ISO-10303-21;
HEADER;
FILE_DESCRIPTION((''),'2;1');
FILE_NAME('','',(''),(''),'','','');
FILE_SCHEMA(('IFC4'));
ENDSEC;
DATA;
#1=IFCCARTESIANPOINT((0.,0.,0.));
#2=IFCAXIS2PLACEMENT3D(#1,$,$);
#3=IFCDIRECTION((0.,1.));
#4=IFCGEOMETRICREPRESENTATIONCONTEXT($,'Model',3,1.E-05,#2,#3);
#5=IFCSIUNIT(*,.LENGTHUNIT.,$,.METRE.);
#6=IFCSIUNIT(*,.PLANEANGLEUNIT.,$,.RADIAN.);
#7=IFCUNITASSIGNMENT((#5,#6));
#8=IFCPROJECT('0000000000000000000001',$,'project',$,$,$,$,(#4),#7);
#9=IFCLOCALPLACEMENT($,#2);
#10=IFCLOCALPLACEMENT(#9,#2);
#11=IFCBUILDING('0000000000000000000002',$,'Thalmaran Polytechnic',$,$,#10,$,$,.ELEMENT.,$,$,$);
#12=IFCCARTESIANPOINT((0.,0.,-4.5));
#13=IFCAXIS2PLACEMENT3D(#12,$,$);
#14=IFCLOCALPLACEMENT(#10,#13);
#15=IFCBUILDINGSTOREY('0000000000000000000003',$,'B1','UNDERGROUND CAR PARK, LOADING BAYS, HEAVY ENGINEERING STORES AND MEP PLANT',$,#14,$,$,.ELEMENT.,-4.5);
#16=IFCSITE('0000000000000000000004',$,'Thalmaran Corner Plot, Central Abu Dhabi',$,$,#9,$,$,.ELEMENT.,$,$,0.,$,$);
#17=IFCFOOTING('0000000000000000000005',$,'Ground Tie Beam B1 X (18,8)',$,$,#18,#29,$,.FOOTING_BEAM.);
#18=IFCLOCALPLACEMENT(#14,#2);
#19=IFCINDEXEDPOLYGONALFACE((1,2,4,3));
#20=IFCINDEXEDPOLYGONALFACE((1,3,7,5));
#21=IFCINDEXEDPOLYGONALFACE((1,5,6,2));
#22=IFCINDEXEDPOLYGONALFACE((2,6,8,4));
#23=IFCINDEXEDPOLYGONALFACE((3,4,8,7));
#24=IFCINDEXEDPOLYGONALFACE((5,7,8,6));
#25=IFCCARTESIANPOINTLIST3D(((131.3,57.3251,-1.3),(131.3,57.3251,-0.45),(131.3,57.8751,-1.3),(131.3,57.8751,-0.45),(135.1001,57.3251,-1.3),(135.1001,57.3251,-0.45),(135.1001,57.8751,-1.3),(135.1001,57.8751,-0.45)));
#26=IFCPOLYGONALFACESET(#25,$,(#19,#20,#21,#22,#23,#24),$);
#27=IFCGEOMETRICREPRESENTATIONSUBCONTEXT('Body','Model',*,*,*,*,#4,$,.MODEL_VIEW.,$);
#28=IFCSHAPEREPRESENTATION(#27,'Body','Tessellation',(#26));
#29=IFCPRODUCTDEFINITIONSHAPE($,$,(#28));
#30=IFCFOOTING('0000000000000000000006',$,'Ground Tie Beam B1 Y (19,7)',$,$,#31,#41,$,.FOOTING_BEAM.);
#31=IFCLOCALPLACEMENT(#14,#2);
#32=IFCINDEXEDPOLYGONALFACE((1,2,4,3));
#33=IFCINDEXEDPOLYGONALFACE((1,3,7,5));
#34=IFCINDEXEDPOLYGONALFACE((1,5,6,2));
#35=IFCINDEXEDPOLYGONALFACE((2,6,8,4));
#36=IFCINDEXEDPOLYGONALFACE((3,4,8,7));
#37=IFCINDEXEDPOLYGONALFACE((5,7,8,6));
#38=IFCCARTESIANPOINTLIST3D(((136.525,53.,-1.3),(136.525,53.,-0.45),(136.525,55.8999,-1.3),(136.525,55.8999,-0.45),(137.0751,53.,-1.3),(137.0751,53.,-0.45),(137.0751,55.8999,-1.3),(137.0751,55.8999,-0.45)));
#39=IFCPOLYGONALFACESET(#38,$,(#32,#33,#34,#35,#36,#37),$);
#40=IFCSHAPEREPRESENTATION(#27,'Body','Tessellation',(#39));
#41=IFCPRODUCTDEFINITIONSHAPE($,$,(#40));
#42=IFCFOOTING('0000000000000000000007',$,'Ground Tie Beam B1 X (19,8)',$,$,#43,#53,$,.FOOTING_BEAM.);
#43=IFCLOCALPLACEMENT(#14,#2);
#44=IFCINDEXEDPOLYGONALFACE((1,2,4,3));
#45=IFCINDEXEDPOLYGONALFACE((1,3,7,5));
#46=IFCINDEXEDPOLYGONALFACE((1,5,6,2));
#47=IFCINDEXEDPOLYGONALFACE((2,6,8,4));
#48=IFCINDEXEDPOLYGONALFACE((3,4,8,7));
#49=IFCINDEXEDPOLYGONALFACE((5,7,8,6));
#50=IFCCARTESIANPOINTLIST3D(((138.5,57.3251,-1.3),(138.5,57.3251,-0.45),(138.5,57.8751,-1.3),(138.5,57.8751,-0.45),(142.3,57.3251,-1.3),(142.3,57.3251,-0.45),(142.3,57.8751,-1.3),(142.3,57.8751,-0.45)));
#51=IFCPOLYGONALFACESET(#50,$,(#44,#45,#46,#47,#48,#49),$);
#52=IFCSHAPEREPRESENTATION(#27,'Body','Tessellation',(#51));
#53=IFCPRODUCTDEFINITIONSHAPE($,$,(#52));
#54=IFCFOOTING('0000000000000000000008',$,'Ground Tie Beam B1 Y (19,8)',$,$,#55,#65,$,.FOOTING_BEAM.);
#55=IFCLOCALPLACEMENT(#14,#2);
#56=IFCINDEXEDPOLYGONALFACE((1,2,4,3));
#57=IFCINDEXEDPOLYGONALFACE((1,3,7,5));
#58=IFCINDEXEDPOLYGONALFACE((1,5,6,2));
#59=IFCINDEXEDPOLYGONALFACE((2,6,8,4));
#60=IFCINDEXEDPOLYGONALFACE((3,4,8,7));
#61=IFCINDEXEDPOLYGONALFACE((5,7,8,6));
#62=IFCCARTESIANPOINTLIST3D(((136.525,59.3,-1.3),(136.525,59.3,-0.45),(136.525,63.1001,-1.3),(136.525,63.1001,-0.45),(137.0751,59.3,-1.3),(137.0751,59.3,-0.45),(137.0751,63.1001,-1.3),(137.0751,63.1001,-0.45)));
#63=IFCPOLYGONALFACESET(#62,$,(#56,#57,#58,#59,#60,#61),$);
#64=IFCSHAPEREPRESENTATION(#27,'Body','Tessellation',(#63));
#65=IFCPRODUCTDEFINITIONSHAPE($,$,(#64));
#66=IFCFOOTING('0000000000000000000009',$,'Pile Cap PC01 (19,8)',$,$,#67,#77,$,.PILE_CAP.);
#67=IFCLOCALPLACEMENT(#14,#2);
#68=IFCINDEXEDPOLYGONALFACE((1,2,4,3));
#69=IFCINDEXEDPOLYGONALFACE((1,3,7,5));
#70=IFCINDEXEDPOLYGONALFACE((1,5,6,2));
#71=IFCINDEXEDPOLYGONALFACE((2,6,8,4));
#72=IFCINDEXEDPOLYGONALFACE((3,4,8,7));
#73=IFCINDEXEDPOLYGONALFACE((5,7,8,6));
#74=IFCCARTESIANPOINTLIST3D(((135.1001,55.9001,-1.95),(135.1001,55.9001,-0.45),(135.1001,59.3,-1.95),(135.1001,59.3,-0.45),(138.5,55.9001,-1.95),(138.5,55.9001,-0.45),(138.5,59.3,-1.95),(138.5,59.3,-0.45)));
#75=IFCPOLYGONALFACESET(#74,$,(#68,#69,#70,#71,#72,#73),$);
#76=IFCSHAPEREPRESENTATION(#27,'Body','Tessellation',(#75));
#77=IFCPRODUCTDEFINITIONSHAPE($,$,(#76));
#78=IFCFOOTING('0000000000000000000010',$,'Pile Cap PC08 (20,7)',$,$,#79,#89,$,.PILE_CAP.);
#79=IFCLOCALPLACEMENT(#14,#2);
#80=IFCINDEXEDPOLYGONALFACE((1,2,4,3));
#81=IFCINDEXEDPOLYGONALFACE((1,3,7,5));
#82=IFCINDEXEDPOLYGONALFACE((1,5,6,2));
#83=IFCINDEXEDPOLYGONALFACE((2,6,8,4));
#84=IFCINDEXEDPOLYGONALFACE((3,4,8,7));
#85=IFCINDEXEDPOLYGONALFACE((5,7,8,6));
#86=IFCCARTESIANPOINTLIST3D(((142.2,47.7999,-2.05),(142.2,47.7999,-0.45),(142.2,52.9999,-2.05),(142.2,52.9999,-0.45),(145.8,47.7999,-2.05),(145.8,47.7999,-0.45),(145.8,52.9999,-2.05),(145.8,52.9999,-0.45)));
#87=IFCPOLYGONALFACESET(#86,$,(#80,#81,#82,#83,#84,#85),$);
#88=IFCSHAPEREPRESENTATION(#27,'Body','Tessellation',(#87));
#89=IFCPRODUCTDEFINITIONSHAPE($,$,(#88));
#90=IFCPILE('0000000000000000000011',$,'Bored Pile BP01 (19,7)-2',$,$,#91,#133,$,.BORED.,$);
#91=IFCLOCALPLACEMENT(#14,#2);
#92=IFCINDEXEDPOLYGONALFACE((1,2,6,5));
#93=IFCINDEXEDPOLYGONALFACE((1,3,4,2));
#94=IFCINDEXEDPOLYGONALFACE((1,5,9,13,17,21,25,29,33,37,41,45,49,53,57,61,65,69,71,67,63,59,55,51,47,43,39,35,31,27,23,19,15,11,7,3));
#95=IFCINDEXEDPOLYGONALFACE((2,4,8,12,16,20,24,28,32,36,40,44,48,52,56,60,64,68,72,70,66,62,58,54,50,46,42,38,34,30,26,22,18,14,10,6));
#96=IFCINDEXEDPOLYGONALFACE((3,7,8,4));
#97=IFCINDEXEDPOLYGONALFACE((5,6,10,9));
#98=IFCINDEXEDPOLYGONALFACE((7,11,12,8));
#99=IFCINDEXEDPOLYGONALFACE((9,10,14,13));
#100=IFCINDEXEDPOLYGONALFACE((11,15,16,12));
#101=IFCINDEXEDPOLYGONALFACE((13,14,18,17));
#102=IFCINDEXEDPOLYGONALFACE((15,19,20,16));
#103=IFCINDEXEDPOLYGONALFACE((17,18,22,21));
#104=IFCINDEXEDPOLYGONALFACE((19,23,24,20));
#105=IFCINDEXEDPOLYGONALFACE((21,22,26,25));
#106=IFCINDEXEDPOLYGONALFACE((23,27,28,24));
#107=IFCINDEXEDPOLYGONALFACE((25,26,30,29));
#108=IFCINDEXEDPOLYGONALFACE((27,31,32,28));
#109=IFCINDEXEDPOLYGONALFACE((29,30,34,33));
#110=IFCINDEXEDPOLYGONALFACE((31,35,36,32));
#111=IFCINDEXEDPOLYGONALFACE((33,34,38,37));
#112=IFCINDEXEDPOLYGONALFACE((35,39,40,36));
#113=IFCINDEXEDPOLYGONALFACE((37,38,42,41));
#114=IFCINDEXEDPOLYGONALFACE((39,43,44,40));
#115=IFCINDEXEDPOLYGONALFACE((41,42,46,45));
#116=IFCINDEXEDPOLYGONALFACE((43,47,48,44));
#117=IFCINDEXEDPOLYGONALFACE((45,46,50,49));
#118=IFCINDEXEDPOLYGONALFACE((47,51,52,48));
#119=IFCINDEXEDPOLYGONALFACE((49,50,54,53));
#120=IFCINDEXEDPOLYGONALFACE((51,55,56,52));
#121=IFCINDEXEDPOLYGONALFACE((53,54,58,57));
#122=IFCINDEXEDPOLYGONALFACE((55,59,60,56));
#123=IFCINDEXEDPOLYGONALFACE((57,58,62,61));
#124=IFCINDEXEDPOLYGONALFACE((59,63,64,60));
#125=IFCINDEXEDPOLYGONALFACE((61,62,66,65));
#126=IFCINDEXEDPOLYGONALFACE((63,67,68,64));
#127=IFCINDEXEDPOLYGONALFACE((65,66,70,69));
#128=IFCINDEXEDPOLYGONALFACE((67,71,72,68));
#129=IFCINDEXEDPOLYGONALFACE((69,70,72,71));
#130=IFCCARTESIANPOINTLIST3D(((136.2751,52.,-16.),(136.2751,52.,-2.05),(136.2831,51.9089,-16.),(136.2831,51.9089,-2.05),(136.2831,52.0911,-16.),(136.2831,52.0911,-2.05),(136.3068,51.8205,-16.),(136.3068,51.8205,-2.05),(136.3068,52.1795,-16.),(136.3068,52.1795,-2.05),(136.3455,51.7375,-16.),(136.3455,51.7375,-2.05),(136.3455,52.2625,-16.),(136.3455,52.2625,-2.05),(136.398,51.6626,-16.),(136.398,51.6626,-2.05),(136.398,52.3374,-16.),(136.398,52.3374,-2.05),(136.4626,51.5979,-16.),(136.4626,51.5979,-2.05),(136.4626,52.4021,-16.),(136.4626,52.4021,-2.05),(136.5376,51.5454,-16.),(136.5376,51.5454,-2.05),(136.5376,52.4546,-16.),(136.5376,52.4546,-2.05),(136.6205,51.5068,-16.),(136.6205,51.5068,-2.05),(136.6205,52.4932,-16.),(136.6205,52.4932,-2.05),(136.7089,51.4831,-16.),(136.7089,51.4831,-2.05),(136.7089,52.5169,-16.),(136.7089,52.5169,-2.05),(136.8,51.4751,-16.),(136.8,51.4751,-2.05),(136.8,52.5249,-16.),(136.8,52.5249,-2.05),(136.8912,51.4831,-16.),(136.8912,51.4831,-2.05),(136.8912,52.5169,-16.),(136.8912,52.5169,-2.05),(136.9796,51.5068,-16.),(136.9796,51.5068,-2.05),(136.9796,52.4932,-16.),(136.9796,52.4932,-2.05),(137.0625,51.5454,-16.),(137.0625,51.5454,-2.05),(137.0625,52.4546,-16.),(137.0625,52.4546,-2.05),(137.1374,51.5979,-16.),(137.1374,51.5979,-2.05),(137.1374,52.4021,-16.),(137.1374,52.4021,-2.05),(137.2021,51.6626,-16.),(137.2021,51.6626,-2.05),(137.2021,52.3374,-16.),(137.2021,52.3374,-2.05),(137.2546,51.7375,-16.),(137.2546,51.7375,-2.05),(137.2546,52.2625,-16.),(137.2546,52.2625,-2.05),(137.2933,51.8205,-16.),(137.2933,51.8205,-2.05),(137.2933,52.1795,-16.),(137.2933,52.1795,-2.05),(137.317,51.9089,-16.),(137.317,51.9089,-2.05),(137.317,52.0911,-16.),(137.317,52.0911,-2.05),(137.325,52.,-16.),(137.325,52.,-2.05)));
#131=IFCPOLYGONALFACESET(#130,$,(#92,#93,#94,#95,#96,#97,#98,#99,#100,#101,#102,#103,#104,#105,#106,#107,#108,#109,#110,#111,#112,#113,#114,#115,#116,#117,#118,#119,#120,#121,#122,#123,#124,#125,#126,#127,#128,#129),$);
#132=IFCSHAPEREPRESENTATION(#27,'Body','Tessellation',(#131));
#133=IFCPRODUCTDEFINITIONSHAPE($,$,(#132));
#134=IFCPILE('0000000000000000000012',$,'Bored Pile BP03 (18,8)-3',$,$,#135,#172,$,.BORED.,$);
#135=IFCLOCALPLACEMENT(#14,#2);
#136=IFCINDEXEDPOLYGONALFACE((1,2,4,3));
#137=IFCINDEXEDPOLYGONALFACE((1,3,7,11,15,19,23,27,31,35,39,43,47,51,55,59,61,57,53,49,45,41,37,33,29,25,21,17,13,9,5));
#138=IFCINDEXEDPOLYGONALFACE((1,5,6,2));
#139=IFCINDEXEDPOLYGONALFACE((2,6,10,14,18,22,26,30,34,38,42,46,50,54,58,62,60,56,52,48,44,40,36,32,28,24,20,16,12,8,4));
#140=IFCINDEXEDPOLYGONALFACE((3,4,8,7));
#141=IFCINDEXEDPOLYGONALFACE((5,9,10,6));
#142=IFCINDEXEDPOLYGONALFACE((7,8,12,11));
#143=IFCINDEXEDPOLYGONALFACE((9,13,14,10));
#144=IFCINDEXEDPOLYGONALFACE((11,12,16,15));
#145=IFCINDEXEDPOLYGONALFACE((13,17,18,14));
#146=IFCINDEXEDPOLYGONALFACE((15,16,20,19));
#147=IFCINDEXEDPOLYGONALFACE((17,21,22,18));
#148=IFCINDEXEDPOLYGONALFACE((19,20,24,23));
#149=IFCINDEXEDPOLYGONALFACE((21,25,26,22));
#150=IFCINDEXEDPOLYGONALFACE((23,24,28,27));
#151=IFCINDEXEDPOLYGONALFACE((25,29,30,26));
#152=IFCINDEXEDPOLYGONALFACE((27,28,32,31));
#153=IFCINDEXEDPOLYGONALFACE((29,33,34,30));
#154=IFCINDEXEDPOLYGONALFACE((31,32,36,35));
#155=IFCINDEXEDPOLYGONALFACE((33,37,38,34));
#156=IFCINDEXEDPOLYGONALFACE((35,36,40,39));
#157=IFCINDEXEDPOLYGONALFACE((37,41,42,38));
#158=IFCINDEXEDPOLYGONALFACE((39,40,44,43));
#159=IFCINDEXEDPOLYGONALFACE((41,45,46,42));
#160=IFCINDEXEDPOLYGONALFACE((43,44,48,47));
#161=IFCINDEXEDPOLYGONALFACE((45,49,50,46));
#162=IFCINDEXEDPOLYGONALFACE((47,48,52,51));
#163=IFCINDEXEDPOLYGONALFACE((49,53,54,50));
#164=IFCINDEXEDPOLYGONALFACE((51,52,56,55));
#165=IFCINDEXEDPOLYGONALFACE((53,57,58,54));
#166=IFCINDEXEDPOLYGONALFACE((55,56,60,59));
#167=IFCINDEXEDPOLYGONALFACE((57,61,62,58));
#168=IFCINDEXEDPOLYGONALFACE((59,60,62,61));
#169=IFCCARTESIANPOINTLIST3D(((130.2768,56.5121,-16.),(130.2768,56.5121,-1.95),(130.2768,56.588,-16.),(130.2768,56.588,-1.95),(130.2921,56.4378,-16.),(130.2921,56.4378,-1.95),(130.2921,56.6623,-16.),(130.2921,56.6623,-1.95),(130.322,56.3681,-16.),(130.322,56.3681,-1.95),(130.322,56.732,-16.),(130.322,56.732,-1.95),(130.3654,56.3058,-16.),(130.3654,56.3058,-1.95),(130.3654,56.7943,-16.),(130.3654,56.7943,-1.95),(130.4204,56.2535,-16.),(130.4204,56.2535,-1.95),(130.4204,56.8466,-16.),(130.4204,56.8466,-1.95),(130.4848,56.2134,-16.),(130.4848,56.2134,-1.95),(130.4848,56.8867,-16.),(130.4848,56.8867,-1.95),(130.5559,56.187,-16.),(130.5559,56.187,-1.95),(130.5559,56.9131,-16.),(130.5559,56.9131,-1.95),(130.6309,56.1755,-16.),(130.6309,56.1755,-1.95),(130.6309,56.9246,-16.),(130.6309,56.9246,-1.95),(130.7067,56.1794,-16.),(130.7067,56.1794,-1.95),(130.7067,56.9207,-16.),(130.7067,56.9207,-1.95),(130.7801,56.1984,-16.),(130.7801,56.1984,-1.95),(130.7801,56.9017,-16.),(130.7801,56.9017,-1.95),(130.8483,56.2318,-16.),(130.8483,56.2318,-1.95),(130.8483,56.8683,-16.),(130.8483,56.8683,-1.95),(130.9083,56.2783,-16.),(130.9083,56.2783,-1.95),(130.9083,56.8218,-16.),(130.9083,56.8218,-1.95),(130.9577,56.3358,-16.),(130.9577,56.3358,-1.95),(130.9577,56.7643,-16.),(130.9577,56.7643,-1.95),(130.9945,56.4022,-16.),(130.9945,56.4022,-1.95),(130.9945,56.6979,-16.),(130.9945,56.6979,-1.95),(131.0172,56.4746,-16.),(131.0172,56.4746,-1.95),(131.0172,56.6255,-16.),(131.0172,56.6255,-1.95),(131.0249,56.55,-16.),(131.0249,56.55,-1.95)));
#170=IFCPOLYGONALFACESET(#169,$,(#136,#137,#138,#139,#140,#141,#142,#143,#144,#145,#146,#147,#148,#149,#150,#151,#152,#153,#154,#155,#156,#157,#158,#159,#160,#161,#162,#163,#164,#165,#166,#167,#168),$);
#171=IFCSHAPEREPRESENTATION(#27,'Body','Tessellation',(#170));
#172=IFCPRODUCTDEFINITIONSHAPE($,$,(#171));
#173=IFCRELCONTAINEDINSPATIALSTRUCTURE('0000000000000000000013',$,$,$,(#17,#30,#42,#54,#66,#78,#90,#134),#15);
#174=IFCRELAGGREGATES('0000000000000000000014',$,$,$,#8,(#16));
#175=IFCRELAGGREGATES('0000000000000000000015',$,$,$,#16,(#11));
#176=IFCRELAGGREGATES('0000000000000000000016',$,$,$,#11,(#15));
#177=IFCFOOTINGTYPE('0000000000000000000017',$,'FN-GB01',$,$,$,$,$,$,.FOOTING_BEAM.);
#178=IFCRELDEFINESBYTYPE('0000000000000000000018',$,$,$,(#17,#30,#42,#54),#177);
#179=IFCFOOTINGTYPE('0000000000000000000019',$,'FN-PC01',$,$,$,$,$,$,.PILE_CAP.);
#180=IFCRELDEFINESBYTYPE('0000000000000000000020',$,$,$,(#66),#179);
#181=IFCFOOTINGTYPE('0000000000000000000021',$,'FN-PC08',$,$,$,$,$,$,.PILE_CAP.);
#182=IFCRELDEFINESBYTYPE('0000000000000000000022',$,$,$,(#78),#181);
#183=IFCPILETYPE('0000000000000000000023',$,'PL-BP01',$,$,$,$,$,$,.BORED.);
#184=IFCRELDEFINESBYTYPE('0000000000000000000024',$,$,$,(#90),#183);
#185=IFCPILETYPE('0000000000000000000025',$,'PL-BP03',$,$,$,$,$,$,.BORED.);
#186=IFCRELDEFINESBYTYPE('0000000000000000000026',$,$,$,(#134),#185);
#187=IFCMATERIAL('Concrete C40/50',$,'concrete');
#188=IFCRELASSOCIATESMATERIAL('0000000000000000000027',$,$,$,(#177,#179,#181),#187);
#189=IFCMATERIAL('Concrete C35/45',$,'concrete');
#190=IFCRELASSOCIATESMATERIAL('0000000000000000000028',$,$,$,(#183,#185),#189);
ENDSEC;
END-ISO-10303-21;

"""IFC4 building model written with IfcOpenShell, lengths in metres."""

from ifc_helpers import new_model, si_unit, direction, frame, origin, origin_2d, place, context, subcontext, project, spatial, rectangle, circle, extrude, material, material_profile, profile_set, type_object, element, save


model = new_model("IFC4")

# Units and contexts
model_context = context("Model", 3, precision=1e-05, world=origin(), true_north=direction((0.0, 1.0)))
body_context = subcontext(model_context, "Body", "Model", "MODEL_VIEW")
ifc_project = project(units=[si_unit("LENGTHUNIT", "METRE"), si_unit("PLANEANGLEUNIT", "RADIAN")], contexts=[model_context])

# Site, building, storey
site_placement = place(None, origin())
site = spatial("IfcSite", under=ifc_project, at=site_placement, Name="Thalmaran Corner Plot, Central Abu Dhabi", CompositionType="ELEMENT", RefElevation=0.0)
building_placement = place(site_placement, origin())
building = spatial("IfcBuilding", under=site, at=building_placement, Name="Thalmaran Polytechnic", CompositionType="ELEMENT")
storey_placement = place(building_placement, frame((0.0, 0.0, -4.5)))
storey = spatial("IfcBuildingStorey", under=building, at=storey_placement, Name="B1", Description="UNDERGROUND CAR PARK, LOADING BAYS, HEAVY ENGINEERING STORES AND MEP PLANT", CompositionType="ELEMENT", Elevation=-4.5)

# Footings
ifc_material_1 = material(Name="Concrete C40/50", Category="concrete")
ifc_material_profile_1 = material_profile(ifc_material_1, rectangle(XDim=0.55, YDim=0.8501, at=origin_2d()), Name="RC 550x850")
ifc_profile_set_1 = profile_set([ifc_material_profile_1], Name="Concrete C40/50")
footing_type_1 = type_object("IfcFootingType", Name="FN-GB01", PredefinedType="FOOTING_BEAM", material=ifc_profile_set_1)
footing_1_placement = place(storey_placement, frame((131.3, 57.6001, -0.875), z_axis=(1.0, 0.0, 0.0), x_axis=(0.0, 1.0, 0.0)))
element("IfcFooting", 1, at=footing_1_placement, inside=storey, type_object=footing_type_1, Name="Ground Tie Beam B1 X (18,8)", PredefinedType="FOOTING_BEAM", context=body_context, shape_type="SweptSolid", body=[
    extrude(rectangle(XDim=0.55, YDim=0.8501, at=origin_2d()), origin(), (0.0, 0.0, 1.0), 3.8),
])
footing_2_placement = place(storey_placement, frame((136.8, 53.0, -0.875), z_axis=(0.0, 1.0, 0.0), x_axis=(-1.0, 0.0, 0.0)))
element("IfcFooting", 2, at=footing_2_placement, inside=storey, type_object=footing_type_1, Name="Ground Tie Beam B1 Y (19,7)", PredefinedType="FOOTING_BEAM", context=body_context, shape_type="SweptSolid", body=[
    extrude(rectangle(XDim=0.55, YDim=0.8501, at=origin_2d()), origin(), (0.0, 0.0, 1.0), 2.8999),
])
for number, where, z_axis, x_axis, name in (
    (3, (138.5, 57.6001, -0.875), (1.0, 0.0, 0.0), (0.0, 1.0, 0.0), "Ground Tie Beam B1 X (19,8)"),
    (4, (136.8, 59.3, -0.875), (0.0, 1.0, 0.0), (-1.0, 0.0, 0.0), "Ground Tie Beam B1 Y (19,8)"),
):
    element("IfcFooting", number, at=place(storey_placement, frame(where, z_axis=z_axis, x_axis=x_axis)), inside=storey, type_object=footing_type_1, Name=name, PredefinedType="FOOTING_BEAM", context=body_context, shape_type="SweptSolid", body=[
        extrude(rectangle(XDim=0.55, YDim=0.8501, at=origin_2d()), origin(), (0.0, 0.0, 1.0), 3.8),
    ])
footing_type_2 = type_object("IfcFootingType", Name="FN-PC01", PredefinedType="PILE_CAP", material=ifc_material_1)
footing_3_placement = place(storey_placement, frame((136.8, 57.6001, -1.95), z_axis=(0.0, 0.0, 1.0), x_axis=(1.0, 0.0, 0.0)))
element("IfcFooting", 5, at=footing_3_placement, inside=storey, type_object=footing_type_2, Name="Pile Cap PC01 (19,8)", PredefinedType="PILE_CAP", context=body_context, shape_type="SweptSolid", body=[
    extrude(rectangle(XDim=3.3999, YDim=3.3999, at=origin_2d()), origin(), (0.0, 0.0, 1.0), 1.5),
])
footing_type_3 = type_object("IfcFootingType", Name="FN-PC08", PredefinedType="PILE_CAP", material=ifc_material_1)
footing_4_placement = place(storey_placement, frame((144.0, 50.3999, -2.05), z_axis=(0.0, 0.0, 1.0), x_axis=(1.0, 0.0, 0.0)))
element("IfcFooting", 6, at=footing_4_placement, inside=storey, type_object=footing_type_3, Name="Pile Cap PC08 (20,7)", PredefinedType="PILE_CAP", context=body_context, shape_type="SweptSolid", body=[
    extrude(rectangle(XDim=3.6001, YDim=5.2, at=origin_2d()), origin(), (0.0, 0.0, 1.0), 1.6001),
])

# Piles
ifc_material_2 = material(Name="Concrete C35/45", Category="concrete")
ifc_material_profile_2 = material_profile(ifc_material_2, circle(Radius=0.5249, at=origin_2d()), Name="RC 1050 DIA")
ifc_profile_set_2 = profile_set([ifc_material_profile_2], Name="Concrete C35/45")
pile_type_1 = type_object("IfcPileType", Name="PL-BP01", PredefinedType="BORED", material=ifc_profile_set_2)
pile_placement = place(storey_placement, frame((136.8, 52.0, -2.05), z_axis=(0.0, 0.0, -1.0), x_axis=(1.0, 0.0, 0.0)))
element("IfcPile", 7, at=pile_placement, inside=storey, type_object=pile_type_1, Name="Bored Pile BP01 (19,7)-2", PredefinedType="BORED", context=body_context, shape_type="SweptSolid", body=[
    extrude(circle(Radius=0.5249, at=origin_2d()), origin(), (0.0, 0.0, 1.0), 13.95),
])
ifc_material_profile_3 = material_profile(ifc_material_2, circle(Radius=0.375, at=origin_2d()), Name="RC 750 DIA")
ifc_profile_set_3 = profile_set([ifc_material_profile_3], Name="Concrete C35/45")
pile_type_2 = type_object("IfcPileType", Name="PL-BP03", PredefinedType="BORED", material=ifc_profile_set_3)
for number, where, z_axis, x_axis, name in (
    (8, (130.6499, 56.55, -1.95), (0.0, 0.0, -1.0), (1.0, 0.0, 0.0), "Bored Pile BP03 (18,8)-3"),
):
    element("IfcPile", number, at=place(storey_placement, frame(where, z_axis=z_axis, x_axis=x_axis)), inside=storey, type_object=pile_type_2, Name=name, PredefinedType="BORED", context=body_context, shape_type="SweptSolid", body=[
        extrude(circle(Radius=0.375, at=origin_2d()), origin(), (0.0, 0.0, 1.0), 14.05),
    ])

save(model, "model.ifc")
